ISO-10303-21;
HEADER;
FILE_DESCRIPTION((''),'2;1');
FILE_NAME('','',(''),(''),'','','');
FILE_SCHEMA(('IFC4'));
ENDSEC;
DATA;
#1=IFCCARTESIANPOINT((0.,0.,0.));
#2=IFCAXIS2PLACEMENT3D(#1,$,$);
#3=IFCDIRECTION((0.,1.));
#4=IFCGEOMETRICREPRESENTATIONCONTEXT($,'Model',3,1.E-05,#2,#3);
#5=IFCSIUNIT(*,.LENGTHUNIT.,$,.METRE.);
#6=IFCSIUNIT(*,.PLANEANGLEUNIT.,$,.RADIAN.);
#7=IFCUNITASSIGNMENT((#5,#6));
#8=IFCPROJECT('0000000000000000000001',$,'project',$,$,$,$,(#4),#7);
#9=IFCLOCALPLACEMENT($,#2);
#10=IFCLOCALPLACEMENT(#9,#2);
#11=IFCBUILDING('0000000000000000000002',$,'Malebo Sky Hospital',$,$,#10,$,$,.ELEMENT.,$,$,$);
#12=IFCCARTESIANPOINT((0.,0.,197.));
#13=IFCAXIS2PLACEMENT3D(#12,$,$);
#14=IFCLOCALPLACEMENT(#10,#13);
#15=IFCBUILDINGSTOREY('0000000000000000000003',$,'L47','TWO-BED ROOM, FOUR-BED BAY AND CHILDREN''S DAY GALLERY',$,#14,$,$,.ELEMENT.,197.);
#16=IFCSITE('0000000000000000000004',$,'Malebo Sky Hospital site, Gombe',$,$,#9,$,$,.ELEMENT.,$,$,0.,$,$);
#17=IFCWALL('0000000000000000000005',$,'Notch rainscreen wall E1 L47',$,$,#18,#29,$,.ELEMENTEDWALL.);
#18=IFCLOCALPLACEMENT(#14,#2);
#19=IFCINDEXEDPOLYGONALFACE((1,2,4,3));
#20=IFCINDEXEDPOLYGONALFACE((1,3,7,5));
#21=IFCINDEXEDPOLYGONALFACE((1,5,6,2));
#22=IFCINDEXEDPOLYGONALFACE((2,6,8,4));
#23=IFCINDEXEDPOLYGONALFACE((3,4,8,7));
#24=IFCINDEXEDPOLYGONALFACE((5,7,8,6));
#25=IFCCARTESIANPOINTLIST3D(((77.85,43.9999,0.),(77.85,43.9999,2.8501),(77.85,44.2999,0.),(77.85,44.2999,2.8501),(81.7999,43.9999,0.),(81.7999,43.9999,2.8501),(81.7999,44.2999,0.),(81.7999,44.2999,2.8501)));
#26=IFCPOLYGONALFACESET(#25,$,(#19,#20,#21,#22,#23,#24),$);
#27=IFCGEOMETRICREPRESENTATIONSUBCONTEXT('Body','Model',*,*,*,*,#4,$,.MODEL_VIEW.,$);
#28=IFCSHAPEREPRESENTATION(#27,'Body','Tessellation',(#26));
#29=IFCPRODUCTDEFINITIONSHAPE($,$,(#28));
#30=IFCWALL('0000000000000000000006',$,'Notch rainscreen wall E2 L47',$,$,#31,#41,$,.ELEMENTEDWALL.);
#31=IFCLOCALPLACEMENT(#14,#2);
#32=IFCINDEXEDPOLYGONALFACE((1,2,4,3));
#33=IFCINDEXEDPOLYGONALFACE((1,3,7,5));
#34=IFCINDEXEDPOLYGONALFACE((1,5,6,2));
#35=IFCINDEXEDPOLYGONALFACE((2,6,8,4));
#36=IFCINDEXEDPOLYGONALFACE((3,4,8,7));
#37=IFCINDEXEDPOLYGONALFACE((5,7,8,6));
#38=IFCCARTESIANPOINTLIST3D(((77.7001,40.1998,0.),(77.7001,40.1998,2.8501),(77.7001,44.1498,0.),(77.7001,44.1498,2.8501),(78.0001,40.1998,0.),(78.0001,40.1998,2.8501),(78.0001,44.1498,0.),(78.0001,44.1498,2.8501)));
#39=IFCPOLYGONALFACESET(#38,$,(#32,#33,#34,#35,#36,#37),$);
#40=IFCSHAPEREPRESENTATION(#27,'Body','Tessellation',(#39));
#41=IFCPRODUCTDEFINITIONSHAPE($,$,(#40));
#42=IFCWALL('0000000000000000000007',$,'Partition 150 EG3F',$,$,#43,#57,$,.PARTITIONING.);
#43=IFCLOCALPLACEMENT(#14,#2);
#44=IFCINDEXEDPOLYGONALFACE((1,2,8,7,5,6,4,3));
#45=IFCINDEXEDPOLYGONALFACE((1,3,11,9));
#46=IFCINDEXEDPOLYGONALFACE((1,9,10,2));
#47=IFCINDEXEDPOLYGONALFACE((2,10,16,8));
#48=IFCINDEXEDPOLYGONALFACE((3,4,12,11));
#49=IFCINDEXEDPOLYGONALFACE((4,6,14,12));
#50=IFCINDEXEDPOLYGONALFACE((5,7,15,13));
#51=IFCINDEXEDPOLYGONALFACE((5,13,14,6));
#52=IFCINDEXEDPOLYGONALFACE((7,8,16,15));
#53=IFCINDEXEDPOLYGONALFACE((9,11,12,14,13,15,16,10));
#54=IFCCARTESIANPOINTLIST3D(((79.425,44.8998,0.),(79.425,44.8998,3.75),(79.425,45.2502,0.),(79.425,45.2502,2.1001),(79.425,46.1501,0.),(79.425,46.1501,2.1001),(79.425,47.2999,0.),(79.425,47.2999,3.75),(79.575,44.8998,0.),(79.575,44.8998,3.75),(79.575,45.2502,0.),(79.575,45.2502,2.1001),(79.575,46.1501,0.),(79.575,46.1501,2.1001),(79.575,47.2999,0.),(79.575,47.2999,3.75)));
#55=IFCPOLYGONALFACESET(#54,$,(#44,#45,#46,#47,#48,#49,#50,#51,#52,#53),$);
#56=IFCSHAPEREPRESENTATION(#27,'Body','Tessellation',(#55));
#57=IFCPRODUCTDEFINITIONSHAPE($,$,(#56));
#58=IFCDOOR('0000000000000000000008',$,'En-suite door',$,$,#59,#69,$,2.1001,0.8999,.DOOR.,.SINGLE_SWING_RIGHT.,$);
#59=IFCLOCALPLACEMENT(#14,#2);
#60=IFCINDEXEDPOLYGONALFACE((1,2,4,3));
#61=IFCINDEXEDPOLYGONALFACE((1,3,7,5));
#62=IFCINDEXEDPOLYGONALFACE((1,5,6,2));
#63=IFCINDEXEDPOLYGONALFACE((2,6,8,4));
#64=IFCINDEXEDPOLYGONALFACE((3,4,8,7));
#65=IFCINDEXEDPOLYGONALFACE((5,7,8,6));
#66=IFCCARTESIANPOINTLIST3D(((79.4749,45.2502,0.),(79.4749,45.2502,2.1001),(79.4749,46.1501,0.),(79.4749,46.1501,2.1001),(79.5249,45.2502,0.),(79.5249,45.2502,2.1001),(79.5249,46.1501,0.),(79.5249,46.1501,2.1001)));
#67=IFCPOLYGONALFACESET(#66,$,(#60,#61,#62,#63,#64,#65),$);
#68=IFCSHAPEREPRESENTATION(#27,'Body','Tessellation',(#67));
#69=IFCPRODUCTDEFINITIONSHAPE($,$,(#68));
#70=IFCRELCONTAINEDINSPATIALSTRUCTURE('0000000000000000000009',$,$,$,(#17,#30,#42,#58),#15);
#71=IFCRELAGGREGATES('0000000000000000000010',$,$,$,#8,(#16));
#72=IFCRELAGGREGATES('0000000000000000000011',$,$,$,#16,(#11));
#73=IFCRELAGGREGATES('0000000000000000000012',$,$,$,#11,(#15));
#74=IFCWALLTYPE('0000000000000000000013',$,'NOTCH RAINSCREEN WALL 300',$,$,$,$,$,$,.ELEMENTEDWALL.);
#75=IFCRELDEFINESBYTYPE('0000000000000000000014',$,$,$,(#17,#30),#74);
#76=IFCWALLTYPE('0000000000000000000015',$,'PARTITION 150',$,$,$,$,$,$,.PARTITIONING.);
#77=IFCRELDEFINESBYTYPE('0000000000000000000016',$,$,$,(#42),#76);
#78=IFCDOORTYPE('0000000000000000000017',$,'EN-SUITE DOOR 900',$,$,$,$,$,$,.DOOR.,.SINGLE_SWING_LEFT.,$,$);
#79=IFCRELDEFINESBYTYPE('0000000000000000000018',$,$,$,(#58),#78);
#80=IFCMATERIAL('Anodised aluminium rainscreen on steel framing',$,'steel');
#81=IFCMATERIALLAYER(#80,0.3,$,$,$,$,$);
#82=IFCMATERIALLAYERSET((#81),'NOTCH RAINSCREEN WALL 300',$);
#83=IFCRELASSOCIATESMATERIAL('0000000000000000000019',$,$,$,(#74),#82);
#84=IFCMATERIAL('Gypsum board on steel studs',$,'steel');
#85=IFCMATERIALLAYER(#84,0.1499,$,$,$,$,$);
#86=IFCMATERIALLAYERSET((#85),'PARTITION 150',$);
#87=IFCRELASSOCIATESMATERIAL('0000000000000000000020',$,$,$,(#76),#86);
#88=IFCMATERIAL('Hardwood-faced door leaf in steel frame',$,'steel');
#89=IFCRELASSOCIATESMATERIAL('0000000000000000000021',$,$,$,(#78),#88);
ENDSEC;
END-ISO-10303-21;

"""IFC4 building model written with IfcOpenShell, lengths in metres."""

from ifc_helpers import new_model, si_unit, direction, frame, frame_2d, origin, place, context, subcontext, project, spatial, rectangle, extrude, material, layer, layer_set, type_object, element, fill, save


model = new_model("IFC4")

# Units and contexts
model_context = context("Model", 3, precision=1e-05, world=origin(), true_north=direction((0.0, 1.0)))
body_context = subcontext(model_context, "Body", "Model", "MODEL_VIEW")
ifc_project = project(units=[si_unit("LENGTHUNIT", "METRE"), si_unit("PLANEANGLEUNIT", "RADIAN")], contexts=[model_context])

# Site, building, storey
site_placement = place(None, origin())
site = spatial("IfcSite", under=ifc_project, at=site_placement, Name="Malebo Sky Hospital site, Gombe", CompositionType="ELEMENT", RefElevation=0.0)
building_placement = place(site_placement, origin())
building = spatial("IfcBuilding", under=site, at=building_placement, Name="Malebo Sky Hospital", CompositionType="ELEMENT")
storey_placement = place(building_placement, frame((0.0, 0.0, 197.0)))
storey = spatial("IfcBuildingStorey", under=building, at=storey_placement, Name="L47", Description="TWO-BED ROOM, FOUR-BED BAY AND CHILDREN'S DAY GALLERY", CompositionType="ELEMENT", Elevation=197.0)

# Walls
ifc_material_1 = material(Name="Anodised aluminium rainscreen on steel framing", Category="steel")
ifc_layer_1 = layer(ifc_material_1, 0.3)
ifc_layer_set_1 = layer_set([ifc_layer_1], Name="NOTCH RAINSCREEN WALL 300")
wall_type_1 = type_object("IfcWallType", Name="NOTCH RAINSCREEN WALL 300", PredefinedType="ELEMENTEDWALL", material=ifc_layer_set_1)
for number, where, z_axis, x_axis, name in (
    (1, (81.8, 44.1499, 0.0), (0.0, 0.0, 1.0), (-1.0, 0.0, 0.0), "Notch rainscreen wall E1 L47"),
    (2, (77.8501, 44.1499, 0.0), (0.0, 0.0, 1.0), (0.0, -1.0, 0.0), "Notch rainscreen wall E2 L47"),
):
    element("IfcWall", number, at=place(storey_placement, frame(where, z_axis=z_axis, x_axis=x_axis)), inside=storey, type_object=wall_type_1, Name=name, PredefinedType="ELEMENTEDWALL", context=body_context, shape_type="SweptSolid", body=[
        extrude(rectangle(XDim=3.95, YDim=0.3, at=frame_2d((1.9751, 0.0))), origin(), (0.0, 0.0, 1.0), 2.8501),
    ])

# Wall, opening, door
ifc_material_2 = material(Name="Gypsum board on steel studs", Category="steel")
ifc_layer_2 = layer(ifc_material_2, 0.1499)
ifc_layer_set_2 = layer_set([ifc_layer_2], Name="PARTITION 150")
wall_type_2 = type_object("IfcWallType", Name="PARTITION 150", PredefinedType="PARTITIONING", material=ifc_layer_set_2)
wall_placement = place(storey_placement, frame((79.5, 47.3, 0.0), z_axis=(0.0, 0.0, 1.0), x_axis=(0.0, -1.0, 0.0)))
wall = element("IfcWall", 3, at=wall_placement, inside=storey, type_object=wall_type_2, Name="Partition 150 EG3F", PredefinedType="PARTITIONING", context=body_context, shape_type="SweptSolid", body=[
    extrude(rectangle(XDim=2.4001, YDim=0.1499, at=frame_2d((1.2002, 0.0))), origin(), (0.0, 0.0, 1.0), 3.75),
])
opening_placement = place(wall_placement, frame((1.1499, 0.0, 0.0)))
opening = element("IfcOpeningElement", 4, at=opening_placement, cuts=wall, PredefinedType="OPENING", context=body_context, shape_type="SweptSolid", body=[
    extrude(rectangle(XDim=0.8999, YDim=2.1001, at=frame_2d((0.45, 1.05))), frame((0.0, 0.085, 0.0), z_axis=(0.0, -1.0, 0.0), x_axis=(1.0, 0.0, 0.0)), (0.0, 0.0, 1.0), 0.1699),
])
ifc_material_3 = material(Name="Hardwood-faced door leaf in steel frame", Category="steel")
door_type = type_object("IfcDoorType", Name="EN-SUITE DOOR 900", OperationType="SINGLE_SWING_LEFT", PredefinedType="DOOR", material=ifc_material_3)
door_placement = place(opening_placement, origin())
door = element("IfcDoor", 5, at=door_placement, inside=storey, type_object=door_type, Name="En-suite door", OperationType="SINGLE_SWING_RIGHT", OverallHeight=2.1001, OverallWidth=0.8999, PredefinedType="DOOR", context=body_context, shape_type="SweptSolid", body=[
    extrude(rectangle(XDim=0.8999, YDim=2.1001, at=frame_2d((0.45, 1.05))), frame((0.0, 0.0249, 0.0), z_axis=(0.0, -1.0, 0.0), x_axis=(1.0, 0.0, 0.0)), (0.0, 0.0, 1.0), 0.05),
])
fill(opening, door)

save(model, "model.ifc")
